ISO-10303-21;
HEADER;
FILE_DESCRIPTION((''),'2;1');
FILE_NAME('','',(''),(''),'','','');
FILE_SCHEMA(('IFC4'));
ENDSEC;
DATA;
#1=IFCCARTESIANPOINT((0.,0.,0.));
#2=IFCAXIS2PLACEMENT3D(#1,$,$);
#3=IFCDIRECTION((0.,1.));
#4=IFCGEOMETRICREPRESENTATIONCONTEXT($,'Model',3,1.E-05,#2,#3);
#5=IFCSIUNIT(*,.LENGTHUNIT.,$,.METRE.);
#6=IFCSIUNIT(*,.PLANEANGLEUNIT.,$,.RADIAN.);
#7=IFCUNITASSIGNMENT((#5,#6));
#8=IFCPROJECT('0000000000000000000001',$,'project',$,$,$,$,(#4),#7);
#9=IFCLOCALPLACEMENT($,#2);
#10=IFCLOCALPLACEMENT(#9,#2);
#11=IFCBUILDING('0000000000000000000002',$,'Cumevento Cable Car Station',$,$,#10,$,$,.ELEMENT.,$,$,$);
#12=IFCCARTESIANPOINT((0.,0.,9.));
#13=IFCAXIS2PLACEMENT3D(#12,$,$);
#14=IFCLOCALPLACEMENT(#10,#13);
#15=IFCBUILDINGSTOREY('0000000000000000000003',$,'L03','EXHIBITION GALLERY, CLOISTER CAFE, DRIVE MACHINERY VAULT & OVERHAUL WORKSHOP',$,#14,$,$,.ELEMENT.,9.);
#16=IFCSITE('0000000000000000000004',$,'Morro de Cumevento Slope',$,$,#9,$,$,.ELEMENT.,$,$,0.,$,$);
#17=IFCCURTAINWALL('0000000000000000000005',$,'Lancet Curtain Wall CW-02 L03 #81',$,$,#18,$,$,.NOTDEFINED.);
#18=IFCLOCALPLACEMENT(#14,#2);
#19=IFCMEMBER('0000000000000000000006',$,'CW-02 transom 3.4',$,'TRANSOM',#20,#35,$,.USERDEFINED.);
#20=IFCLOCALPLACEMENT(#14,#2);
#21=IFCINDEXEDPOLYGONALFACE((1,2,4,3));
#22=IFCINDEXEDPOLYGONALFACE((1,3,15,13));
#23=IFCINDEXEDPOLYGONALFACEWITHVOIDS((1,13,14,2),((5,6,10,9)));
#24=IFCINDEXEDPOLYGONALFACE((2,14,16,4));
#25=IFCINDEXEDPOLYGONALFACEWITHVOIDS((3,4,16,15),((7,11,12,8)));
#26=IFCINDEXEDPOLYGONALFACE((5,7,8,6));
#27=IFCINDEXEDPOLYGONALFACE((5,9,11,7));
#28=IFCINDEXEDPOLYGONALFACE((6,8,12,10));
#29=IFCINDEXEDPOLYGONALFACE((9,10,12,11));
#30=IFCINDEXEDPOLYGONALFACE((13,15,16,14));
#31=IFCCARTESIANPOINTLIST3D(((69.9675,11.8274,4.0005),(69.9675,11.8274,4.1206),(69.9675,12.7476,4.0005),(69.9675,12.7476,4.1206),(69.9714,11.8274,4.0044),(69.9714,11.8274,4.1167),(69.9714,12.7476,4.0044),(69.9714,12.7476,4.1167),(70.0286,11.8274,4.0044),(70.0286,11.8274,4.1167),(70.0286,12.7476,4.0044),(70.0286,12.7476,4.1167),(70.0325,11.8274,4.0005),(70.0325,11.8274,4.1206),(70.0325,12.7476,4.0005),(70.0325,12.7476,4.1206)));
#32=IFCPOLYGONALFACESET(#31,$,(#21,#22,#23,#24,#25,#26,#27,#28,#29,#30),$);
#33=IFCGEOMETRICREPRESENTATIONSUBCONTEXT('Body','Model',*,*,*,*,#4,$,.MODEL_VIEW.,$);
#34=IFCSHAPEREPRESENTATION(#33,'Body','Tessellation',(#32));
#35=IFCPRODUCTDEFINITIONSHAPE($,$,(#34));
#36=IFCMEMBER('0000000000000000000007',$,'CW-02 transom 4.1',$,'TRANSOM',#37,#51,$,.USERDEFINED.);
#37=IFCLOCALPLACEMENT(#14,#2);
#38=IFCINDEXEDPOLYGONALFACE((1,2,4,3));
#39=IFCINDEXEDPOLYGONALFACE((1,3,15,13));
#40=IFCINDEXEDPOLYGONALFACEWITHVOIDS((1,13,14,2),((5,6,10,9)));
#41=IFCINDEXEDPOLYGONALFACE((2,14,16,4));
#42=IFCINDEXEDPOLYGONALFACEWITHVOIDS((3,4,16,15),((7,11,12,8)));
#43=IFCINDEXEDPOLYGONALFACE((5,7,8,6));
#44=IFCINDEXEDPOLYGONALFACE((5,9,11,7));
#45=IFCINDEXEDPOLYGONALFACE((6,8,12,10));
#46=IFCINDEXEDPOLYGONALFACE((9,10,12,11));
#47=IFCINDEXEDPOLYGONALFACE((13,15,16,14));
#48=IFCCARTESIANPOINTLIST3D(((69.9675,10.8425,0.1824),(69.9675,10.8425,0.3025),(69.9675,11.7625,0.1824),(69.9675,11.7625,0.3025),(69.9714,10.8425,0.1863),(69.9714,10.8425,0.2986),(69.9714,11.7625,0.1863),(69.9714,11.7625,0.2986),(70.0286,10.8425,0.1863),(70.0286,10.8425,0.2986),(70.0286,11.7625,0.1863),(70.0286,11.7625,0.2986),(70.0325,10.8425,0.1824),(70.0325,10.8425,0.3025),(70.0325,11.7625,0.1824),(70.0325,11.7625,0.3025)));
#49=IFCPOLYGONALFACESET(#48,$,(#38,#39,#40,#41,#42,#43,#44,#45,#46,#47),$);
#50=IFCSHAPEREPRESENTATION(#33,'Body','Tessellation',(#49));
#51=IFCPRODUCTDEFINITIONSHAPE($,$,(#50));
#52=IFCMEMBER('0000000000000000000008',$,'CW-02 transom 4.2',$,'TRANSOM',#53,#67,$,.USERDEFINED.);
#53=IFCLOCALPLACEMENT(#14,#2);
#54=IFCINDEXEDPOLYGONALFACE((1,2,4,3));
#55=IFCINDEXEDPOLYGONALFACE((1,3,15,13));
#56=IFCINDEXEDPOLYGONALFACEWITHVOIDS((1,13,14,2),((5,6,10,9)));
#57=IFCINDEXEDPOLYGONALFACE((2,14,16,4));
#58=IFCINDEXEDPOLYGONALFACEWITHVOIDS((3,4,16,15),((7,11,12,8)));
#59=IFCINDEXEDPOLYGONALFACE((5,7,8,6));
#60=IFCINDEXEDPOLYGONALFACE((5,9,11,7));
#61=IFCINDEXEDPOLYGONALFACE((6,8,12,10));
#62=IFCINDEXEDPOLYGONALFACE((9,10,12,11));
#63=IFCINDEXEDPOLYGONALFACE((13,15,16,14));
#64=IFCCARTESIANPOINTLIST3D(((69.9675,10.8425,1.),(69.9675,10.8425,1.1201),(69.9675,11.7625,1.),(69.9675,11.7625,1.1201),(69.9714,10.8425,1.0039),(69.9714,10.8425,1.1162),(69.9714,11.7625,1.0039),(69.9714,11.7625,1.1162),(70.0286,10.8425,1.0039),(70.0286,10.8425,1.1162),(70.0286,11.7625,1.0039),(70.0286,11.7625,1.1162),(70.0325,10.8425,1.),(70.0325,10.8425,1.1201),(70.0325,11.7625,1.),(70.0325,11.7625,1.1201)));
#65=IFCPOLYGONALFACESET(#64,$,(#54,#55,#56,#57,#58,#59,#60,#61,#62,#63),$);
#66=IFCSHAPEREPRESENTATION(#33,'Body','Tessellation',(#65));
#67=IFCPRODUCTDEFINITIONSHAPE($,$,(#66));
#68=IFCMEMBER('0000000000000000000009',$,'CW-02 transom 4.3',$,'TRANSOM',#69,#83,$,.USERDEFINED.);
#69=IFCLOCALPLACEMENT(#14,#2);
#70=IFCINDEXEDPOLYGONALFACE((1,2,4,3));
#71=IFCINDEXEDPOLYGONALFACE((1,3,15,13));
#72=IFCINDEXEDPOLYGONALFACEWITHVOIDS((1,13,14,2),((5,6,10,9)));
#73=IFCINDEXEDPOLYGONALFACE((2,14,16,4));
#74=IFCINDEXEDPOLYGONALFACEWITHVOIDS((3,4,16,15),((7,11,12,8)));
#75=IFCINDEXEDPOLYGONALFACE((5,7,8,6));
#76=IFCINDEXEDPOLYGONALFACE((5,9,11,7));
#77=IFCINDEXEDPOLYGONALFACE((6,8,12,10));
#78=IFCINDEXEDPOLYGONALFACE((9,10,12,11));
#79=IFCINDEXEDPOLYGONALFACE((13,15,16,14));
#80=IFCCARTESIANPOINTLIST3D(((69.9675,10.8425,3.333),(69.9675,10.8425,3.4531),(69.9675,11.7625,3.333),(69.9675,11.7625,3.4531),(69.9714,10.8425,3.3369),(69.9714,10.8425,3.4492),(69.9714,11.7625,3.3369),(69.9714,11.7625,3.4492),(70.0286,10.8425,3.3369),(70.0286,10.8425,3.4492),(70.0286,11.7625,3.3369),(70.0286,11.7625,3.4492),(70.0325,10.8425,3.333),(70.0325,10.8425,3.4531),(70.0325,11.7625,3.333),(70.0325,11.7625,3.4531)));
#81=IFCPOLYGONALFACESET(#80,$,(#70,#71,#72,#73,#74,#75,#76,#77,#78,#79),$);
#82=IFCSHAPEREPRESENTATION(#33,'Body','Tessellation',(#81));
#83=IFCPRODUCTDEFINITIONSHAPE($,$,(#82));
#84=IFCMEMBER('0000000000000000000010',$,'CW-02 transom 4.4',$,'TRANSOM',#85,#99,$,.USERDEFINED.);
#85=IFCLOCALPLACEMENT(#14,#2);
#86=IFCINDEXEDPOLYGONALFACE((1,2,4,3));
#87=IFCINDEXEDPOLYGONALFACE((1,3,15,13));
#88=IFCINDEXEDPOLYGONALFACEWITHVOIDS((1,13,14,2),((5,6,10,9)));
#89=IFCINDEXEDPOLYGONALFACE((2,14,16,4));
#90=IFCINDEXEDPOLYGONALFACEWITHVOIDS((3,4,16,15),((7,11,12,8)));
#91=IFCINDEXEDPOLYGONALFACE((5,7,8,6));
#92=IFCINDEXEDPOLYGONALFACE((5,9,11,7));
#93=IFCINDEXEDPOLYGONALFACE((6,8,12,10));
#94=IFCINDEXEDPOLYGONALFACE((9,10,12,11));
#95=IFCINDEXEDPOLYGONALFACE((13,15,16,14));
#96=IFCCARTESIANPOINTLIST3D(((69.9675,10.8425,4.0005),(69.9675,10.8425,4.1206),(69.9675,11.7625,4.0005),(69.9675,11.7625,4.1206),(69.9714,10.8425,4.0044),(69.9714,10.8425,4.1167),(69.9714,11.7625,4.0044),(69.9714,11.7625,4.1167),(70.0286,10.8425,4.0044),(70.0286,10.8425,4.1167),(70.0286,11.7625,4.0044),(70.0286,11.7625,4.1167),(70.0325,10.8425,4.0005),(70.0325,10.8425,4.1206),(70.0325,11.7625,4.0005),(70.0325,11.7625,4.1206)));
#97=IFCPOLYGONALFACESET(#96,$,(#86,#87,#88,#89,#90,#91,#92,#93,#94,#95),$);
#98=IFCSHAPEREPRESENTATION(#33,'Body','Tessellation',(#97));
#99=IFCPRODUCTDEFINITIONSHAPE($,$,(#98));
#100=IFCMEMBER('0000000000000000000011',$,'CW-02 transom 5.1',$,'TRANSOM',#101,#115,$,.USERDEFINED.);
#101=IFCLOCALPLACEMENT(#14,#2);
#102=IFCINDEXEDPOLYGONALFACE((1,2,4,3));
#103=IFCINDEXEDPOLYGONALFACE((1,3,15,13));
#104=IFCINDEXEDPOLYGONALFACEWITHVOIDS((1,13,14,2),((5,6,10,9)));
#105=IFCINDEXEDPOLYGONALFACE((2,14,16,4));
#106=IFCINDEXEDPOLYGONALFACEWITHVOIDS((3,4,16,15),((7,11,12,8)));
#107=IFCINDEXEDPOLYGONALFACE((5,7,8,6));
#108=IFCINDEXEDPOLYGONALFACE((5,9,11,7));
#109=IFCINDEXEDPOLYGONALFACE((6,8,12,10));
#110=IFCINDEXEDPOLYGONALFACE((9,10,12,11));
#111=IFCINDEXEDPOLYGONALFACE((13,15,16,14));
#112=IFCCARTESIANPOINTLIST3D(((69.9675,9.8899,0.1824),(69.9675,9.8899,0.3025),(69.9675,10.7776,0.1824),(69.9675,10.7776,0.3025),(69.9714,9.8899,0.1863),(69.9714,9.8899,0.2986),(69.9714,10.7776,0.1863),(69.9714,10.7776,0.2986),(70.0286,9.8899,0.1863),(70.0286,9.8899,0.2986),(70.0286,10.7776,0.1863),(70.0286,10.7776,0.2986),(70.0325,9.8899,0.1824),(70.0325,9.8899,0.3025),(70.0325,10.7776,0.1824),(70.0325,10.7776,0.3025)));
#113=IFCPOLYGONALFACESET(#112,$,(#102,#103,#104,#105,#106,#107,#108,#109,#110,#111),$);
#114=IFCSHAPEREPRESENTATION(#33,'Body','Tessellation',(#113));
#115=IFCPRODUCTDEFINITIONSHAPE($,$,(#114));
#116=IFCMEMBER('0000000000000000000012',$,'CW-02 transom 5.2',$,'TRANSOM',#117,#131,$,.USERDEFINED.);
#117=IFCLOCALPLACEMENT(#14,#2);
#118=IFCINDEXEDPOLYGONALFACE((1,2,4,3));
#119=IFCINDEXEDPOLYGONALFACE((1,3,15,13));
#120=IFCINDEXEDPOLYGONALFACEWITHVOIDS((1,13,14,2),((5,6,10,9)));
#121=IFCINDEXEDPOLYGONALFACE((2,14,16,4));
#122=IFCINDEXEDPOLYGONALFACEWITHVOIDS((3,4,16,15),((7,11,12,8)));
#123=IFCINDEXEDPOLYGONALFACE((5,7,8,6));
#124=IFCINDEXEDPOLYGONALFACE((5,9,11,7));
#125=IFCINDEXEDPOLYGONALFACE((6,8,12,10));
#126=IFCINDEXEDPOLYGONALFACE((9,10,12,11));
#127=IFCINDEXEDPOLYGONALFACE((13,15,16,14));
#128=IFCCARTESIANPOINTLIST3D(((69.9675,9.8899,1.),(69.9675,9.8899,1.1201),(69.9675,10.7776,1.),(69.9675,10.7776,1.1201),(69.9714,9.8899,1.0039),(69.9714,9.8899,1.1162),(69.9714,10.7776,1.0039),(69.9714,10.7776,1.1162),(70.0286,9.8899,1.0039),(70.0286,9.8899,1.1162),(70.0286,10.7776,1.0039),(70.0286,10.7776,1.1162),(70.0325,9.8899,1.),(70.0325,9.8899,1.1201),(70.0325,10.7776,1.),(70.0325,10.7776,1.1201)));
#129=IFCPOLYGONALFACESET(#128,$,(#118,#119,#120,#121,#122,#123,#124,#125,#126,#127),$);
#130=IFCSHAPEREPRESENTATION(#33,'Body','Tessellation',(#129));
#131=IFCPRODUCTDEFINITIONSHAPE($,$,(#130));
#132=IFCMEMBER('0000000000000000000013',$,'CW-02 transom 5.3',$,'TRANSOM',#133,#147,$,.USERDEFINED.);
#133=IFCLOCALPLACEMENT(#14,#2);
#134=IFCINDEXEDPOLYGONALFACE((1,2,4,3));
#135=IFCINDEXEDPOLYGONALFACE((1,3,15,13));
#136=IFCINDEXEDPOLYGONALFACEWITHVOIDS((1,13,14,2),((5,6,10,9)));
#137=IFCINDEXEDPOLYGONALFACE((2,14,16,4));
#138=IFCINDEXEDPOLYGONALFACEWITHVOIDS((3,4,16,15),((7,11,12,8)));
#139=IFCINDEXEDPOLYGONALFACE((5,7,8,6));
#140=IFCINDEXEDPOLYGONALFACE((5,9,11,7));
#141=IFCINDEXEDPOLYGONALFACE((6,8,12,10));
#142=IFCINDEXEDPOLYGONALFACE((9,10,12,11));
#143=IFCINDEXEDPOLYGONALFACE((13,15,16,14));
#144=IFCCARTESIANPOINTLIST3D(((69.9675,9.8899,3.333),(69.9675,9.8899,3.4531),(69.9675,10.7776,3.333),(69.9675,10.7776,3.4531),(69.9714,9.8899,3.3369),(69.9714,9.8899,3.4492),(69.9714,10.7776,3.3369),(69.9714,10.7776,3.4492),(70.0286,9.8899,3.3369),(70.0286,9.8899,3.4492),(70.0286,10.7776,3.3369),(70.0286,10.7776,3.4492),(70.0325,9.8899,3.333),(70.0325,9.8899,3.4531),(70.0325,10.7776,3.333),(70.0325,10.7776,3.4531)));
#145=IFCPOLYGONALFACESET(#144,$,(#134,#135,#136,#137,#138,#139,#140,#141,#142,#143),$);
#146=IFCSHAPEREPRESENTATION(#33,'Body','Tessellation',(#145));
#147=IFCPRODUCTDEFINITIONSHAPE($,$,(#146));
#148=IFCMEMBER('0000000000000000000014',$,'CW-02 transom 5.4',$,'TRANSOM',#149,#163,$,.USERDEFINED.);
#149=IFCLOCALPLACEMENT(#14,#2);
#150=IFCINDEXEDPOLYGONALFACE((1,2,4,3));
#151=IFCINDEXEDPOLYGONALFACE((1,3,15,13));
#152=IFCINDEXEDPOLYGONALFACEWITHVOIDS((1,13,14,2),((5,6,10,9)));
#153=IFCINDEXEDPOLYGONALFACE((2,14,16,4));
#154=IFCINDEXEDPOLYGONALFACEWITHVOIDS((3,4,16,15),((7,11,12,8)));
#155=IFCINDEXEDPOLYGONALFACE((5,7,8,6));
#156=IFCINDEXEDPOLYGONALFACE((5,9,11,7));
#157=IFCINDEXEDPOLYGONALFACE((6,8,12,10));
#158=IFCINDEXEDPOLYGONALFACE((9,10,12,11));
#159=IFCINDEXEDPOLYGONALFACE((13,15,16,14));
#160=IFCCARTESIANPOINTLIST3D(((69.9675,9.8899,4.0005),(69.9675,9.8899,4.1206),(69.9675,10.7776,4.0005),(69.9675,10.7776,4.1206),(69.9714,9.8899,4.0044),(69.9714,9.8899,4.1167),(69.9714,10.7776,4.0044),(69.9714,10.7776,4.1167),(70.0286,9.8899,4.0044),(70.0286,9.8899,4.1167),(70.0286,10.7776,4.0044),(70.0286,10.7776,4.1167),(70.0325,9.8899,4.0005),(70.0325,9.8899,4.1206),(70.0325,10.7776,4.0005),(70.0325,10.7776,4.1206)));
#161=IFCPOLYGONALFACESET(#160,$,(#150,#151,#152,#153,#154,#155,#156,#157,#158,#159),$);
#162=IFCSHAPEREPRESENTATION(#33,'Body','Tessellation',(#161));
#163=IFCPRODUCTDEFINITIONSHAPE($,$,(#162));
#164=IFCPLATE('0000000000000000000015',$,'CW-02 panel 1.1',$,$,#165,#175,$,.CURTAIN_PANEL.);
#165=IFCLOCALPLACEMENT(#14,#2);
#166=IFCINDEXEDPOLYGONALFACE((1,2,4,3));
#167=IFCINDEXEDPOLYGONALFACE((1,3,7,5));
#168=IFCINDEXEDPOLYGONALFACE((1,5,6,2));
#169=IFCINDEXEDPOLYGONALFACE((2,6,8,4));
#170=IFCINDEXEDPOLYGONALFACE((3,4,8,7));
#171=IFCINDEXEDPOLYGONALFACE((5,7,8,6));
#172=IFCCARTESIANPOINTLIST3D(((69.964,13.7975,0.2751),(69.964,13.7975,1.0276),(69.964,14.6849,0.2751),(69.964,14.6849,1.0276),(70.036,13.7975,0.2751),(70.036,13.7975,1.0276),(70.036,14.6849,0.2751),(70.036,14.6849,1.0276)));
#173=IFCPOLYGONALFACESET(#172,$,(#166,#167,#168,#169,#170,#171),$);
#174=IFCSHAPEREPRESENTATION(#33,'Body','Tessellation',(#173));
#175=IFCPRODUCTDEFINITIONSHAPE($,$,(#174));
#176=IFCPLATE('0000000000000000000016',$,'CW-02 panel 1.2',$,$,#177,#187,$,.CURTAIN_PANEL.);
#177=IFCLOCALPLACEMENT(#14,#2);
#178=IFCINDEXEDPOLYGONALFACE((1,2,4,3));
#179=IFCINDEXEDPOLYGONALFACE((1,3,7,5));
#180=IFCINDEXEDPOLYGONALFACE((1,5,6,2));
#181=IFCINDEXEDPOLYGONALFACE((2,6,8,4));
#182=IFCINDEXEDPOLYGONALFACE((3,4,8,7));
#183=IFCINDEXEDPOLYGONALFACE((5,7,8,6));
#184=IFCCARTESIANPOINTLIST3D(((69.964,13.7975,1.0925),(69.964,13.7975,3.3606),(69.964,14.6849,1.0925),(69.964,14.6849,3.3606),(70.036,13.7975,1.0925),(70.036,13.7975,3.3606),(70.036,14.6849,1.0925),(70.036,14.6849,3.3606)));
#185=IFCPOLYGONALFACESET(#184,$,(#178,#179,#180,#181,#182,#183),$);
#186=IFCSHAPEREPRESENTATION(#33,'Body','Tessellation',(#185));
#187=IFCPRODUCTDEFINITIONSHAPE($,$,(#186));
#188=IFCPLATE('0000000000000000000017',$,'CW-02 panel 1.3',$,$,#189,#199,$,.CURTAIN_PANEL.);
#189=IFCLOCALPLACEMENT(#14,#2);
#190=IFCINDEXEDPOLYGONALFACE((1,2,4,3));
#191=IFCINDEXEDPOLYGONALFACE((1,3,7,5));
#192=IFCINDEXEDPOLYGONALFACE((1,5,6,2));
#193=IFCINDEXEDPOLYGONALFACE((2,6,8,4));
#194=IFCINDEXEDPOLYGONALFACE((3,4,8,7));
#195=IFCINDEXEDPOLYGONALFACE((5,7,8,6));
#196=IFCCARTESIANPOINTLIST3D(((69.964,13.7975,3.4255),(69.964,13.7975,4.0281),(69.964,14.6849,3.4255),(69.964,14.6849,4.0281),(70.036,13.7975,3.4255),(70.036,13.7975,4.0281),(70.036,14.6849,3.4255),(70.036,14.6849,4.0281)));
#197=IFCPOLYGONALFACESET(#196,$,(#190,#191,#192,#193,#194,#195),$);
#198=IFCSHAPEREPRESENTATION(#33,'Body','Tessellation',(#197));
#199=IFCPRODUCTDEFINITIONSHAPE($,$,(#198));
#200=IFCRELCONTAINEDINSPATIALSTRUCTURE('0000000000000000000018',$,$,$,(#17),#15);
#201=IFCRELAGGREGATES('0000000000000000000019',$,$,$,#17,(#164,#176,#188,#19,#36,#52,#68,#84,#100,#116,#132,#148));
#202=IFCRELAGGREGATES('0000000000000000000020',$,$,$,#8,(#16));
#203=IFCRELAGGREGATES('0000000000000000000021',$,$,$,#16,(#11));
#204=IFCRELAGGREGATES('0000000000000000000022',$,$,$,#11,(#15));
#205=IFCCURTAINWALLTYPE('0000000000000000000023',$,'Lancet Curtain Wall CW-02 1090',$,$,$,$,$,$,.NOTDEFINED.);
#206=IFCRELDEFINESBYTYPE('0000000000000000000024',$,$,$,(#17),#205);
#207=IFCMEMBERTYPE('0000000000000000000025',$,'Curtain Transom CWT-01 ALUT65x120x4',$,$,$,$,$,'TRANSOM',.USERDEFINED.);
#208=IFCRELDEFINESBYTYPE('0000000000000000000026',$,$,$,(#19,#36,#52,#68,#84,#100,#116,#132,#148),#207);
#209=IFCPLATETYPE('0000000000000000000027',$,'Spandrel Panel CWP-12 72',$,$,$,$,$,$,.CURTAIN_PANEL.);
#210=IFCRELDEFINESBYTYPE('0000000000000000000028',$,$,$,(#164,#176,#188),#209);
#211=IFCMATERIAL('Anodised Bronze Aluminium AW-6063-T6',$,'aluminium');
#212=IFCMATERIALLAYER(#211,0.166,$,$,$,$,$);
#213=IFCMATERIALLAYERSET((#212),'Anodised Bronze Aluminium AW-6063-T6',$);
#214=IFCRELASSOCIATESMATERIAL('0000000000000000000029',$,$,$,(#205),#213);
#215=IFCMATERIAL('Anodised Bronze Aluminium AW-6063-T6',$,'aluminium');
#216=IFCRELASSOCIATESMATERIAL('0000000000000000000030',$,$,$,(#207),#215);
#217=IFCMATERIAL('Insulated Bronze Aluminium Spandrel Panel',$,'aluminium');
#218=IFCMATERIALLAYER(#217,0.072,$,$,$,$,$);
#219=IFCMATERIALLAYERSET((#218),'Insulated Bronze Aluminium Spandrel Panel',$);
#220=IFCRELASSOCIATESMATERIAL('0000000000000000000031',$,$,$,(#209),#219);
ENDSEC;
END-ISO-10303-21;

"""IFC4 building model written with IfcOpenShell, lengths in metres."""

from ifc_helpers import new_model, si_unit, direction, frame, origin, origin_2d, place, context, subcontext, project, spatial, rectangle, hollow_rectangle, extrude, material, layer, layer_set, material_profile, profile_set, type_object, element, aggregate, save


model = new_model("IFC4")

# Units and contexts
model_context = context("Model", 3, precision=1e-05, world=origin(), true_north=direction((0.0, 1.0)))
body_context = subcontext(model_context, "Body", "Model", "MODEL_VIEW")
ifc_project = project(units=[si_unit("LENGTHUNIT", "METRE"), si_unit("PLANEANGLEUNIT", "RADIAN")], contexts=[model_context])

# Site, building, storey
site_placement = place(None, origin())
site = spatial("IfcSite", under=ifc_project, at=site_placement, Name="Morro de Cumevento Slope", CompositionType="ELEMENT", RefElevation=0.0)
building_placement = place(site_placement, origin())
building = spatial("IfcBuilding", under=site, at=building_placement, Name="Cumevento Cable Car Station", CompositionType="ELEMENT")
storey_placement = place(building_placement, frame((0.0, 0.0, 9.0)))
storey = spatial("IfcBuildingStorey", under=building, at=storey_placement, Name="L03", Description="EXHIBITION GALLERY, CLOISTER CAFE, DRIVE MACHINERY VAULT & OVERHAUL WORKSHOP", CompositionType="ELEMENT", Elevation=9.0)

# Curtain wall, members, plates
ifc_material_1 = material(Name="Anodised Bronze Aluminium AW-6063-T6", Category="aluminium")
ifc_layer_1 = layer(ifc_material_1, 0.166)
ifc_layer_set_1 = layer_set([ifc_layer_1], Name="Anodised Bronze Aluminium AW-6063-T6")
curtain_wall_type = type_object("IfcCurtainWallType", Name="Lancet Curtain Wall CW-02 1090", PredefinedType="NOTDEFINED", material=ifc_layer_set_1)
curtain_wall_placement = place(storey_placement, origin())
curtain_wall = element("IfcCurtainWall", 1, at=curtain_wall_placement, inside=storey, type_object=curtain_wall_type, Name="Lancet Curtain Wall CW-02 L03 #81", PredefinedType="NOTDEFINED")
ifc_material_2 = material(Name="Anodised Bronze Aluminium AW-6063-T6", Category="aluminium")
ifc_material_profile_1 = material_profile(ifc_material_2, hollow_rectangle(XDim=0.0649, YDim=0.1201, WallThickness=0.0039, at=origin_2d()), Name="ALUT65x120x4")
ifc_profile_set_1 = profile_set([ifc_material_profile_1], Name="Anodised Bronze Aluminium AW-6063-T6")
member_type_1 = type_object("IfcMemberType", Name="Curtain Transom CWT-01 ALUT65x120x4", ElementType="TRANSOM", PredefinedType="USERDEFINED", material=ifc_profile_set_1)
member_1_placement = place(storey_placement, frame((70.0, 12.7476, 4.0605), z_axis=(0.0, -1.0, 0.0), x_axis=(1.0, 0.0, 0.0)))
member_1 = element("IfcMember", 2, at=member_1_placement, type_object=member_type_1, Name="CW-02 transom 3.4", ObjectType="TRANSOM", PredefinedType="USERDEFINED", context=body_context, shape_type="SweptSolid", body=[
    extrude(hollow_rectangle(XDim=0.0649, YDim=0.1201, WallThickness=0.0039, at=origin_2d()), origin(), (0.0, 0.0, 1.0), 0.9202),
])
member_2_placement = place(storey_placement, frame((70.0, 11.7625, 0.2424), z_axis=(0.0, -1.0, 0.0), x_axis=(1.0, 0.0, 0.0)))
member_2 = element("IfcMember", 3, at=member_2_placement, type_object=member_type_1, Name="CW-02 transom 4.1", ObjectType="TRANSOM", PredefinedType="USERDEFINED", context=body_context, shape_type="SweptSolid", body=[
    extrude(hollow_rectangle(XDim=0.0649, YDim=0.1201, WallThickness=0.0039, at=origin_2d()), origin(), (0.0, 0.0, 1.0), 0.9199),
])
member_3_placement = place(storey_placement, frame((70.0, 11.7625, 1.0601), z_axis=(0.0, -1.0, 0.0), x_axis=(1.0, 0.0, 0.0)))
member_3 = element("IfcMember", 4, at=member_3_placement, type_object=member_type_1, Name="CW-02 transom 4.2", ObjectType="TRANSOM", PredefinedType="USERDEFINED", context=body_context, shape_type="SweptSolid", body=[
    extrude(hollow_rectangle(XDim=0.0649, YDim=0.1201, WallThickness=0.0039, at=origin_2d()), origin(), (0.0, 0.0, 1.0), 0.9199),
])
member_4_placement = place(storey_placement, frame((70.0, 11.7625, 3.3931), z_axis=(0.0, -1.0, 0.0), x_axis=(1.0, 0.0, 0.0)))
member_4 = element("IfcMember", 5, at=member_4_placement, type_object=member_type_1, Name="CW-02 transom 4.3", ObjectType="TRANSOM", PredefinedType="USERDEFINED", context=body_context, shape_type="SweptSolid", body=[
    extrude(hollow_rectangle(XDim=0.0649, YDim=0.1201, WallThickness=0.0039, at=origin_2d()), origin(), (0.0, 0.0, 1.0), 0.9199),
])
member_5_placement = place(storey_placement, frame((70.0, 11.7625, 4.0605), z_axis=(0.0, -1.0, 0.0), x_axis=(1.0, 0.0, 0.0)))
member_5 = element("IfcMember", 6, at=member_5_placement, type_object=member_type_1, Name="CW-02 transom 4.4", ObjectType="TRANSOM", PredefinedType="USERDEFINED", context=body_context, shape_type="SweptSolid", body=[
    extrude(hollow_rectangle(XDim=0.0649, YDim=0.1201, WallThickness=0.0039, at=origin_2d()), origin(), (0.0, 0.0, 1.0), 0.9199),
])
member_6_placement = place(storey_placement, frame((70.0, 10.7776, 0.2424), z_axis=(0.0, -1.0, 0.0), x_axis=(1.0, 0.0, 0.0)))
member_6 = element("IfcMember", 7, at=member_6_placement, type_object=member_type_1, Name="CW-02 transom 5.1", ObjectType="TRANSOM", PredefinedType="USERDEFINED", context=body_context, shape_type="SweptSolid", body=[
    extrude(hollow_rectangle(XDim=0.0649, YDim=0.1201, WallThickness=0.0039, at=origin_2d()), origin(), (0.0, 0.0, 1.0), 0.8877),
])
member_7_placement = place(storey_placement, frame((70.0, 10.7776, 1.0601), z_axis=(0.0, -1.0, 0.0), x_axis=(1.0, 0.0, 0.0)))
member_7 = element("IfcMember", 8, at=member_7_placement, type_object=member_type_1, Name="CW-02 transom 5.2", ObjectType="TRANSOM", PredefinedType="USERDEFINED", context=body_context, shape_type="SweptSolid", body=[
    extrude(hollow_rectangle(XDim=0.0649, YDim=0.1201, WallThickness=0.0039, at=origin_2d()), origin(), (0.0, 0.0, 1.0), 0.8877),
])
member_8_placement = place(storey_placement, frame((70.0, 10.7776, 3.3931), z_axis=(0.0, -1.0, 0.0), x_axis=(1.0, 0.0, 0.0)))
member_8 = element("IfcMember", 9, at=member_8_placement, type_object=member_type_1, Name="CW-02 transom 5.3", ObjectType="TRANSOM", PredefinedType="USERDEFINED", context=body_context, shape_type="SweptSolid", body=[
    extrude(hollow_rectangle(XDim=0.0649, YDim=0.1201, WallThickness=0.0039, at=origin_2d()), origin(), (0.0, 0.0, 1.0), 0.8877),
])
member_9_placement = place(storey_placement, frame((70.0, 10.7776, 4.0605), z_axis=(0.0, -1.0, 0.0), x_axis=(1.0, 0.0, 0.0)))
member_9 = element("IfcMember", 10, at=member_9_placement, type_object=member_type_1, Name="CW-02 transom 5.4", ObjectType="TRANSOM", PredefinedType="USERDEFINED", context=body_context, shape_type="SweptSolid", body=[
    extrude(hollow_rectangle(XDim=0.0649, YDim=0.1201, WallThickness=0.0039, at=origin_2d()), origin(), (0.0, 0.0, 1.0), 0.8877),
])
ifc_material_3 = material(Name="Insulated Bronze Aluminium Spandrel Panel", Category="aluminium")
ifc_layer_2 = layer(ifc_material_3, 0.072)
ifc_layer_set_2 = layer_set([ifc_layer_2], Name="Insulated Bronze Aluminium Spandrel Panel")
plate_type = type_object("IfcPlateType", Name="Spandrel Panel CWP-12 72", PredefinedType="CURTAIN_PANEL", material=ifc_layer_set_2)
plate_1_placement = place(storey_placement, frame((70.0, 14.2412, 0.2751), z_axis=(0.0, 0.0, 1.0), x_axis=(0.0, -1.0, 0.0)))
plate_1 = element("IfcPlate", 11, at=plate_1_placement, type_object=plate_type, Name="CW-02 panel 1.1", PredefinedType="CURTAIN_PANEL", context=body_context, shape_type="SweptSolid", body=[
    extrude(rectangle(XDim=0.8875, YDim=0.072, at=origin_2d()), origin(), (0.0, 0.0, 1.0), 0.7524),
])
plate_2_placement = place(storey_placement, frame((70.0, 14.2412, 1.0925), z_axis=(0.0, 0.0, 1.0), x_axis=(0.0, -1.0, 0.0)))
plate_2 = element("IfcPlate", 12, at=plate_2_placement, type_object=plate_type, Name="CW-02 panel 1.2", PredefinedType="CURTAIN_PANEL", context=body_context, shape_type="SweptSolid", body=[
    extrude(rectangle(XDim=0.8875, YDim=0.072, at=origin_2d()), origin(), (0.0, 0.0, 1.0), 2.2681),
])
plate_3_placement = place(storey_placement, frame((70.0, 14.2412, 3.4255), z_axis=(0.0, 0.0, 1.0), x_axis=(0.0, -1.0, 0.0)))
plate_3 = element("IfcPlate", 13, at=plate_3_placement, type_object=plate_type, Name="CW-02 panel 1.3", PredefinedType="CURTAIN_PANEL", context=body_context, shape_type="SweptSolid", body=[
    extrude(rectangle(XDim=0.8875, YDim=0.072, at=origin_2d()), origin(), (0.0, 0.0, 1.0), 0.6025),
])
aggregate(curtain_wall, [plate_1, plate_2, plate_3, member_1, member_2, member_3, member_4, member_5, member_6, member_7, member_8, member_9])

save(model, "model.ifc")
